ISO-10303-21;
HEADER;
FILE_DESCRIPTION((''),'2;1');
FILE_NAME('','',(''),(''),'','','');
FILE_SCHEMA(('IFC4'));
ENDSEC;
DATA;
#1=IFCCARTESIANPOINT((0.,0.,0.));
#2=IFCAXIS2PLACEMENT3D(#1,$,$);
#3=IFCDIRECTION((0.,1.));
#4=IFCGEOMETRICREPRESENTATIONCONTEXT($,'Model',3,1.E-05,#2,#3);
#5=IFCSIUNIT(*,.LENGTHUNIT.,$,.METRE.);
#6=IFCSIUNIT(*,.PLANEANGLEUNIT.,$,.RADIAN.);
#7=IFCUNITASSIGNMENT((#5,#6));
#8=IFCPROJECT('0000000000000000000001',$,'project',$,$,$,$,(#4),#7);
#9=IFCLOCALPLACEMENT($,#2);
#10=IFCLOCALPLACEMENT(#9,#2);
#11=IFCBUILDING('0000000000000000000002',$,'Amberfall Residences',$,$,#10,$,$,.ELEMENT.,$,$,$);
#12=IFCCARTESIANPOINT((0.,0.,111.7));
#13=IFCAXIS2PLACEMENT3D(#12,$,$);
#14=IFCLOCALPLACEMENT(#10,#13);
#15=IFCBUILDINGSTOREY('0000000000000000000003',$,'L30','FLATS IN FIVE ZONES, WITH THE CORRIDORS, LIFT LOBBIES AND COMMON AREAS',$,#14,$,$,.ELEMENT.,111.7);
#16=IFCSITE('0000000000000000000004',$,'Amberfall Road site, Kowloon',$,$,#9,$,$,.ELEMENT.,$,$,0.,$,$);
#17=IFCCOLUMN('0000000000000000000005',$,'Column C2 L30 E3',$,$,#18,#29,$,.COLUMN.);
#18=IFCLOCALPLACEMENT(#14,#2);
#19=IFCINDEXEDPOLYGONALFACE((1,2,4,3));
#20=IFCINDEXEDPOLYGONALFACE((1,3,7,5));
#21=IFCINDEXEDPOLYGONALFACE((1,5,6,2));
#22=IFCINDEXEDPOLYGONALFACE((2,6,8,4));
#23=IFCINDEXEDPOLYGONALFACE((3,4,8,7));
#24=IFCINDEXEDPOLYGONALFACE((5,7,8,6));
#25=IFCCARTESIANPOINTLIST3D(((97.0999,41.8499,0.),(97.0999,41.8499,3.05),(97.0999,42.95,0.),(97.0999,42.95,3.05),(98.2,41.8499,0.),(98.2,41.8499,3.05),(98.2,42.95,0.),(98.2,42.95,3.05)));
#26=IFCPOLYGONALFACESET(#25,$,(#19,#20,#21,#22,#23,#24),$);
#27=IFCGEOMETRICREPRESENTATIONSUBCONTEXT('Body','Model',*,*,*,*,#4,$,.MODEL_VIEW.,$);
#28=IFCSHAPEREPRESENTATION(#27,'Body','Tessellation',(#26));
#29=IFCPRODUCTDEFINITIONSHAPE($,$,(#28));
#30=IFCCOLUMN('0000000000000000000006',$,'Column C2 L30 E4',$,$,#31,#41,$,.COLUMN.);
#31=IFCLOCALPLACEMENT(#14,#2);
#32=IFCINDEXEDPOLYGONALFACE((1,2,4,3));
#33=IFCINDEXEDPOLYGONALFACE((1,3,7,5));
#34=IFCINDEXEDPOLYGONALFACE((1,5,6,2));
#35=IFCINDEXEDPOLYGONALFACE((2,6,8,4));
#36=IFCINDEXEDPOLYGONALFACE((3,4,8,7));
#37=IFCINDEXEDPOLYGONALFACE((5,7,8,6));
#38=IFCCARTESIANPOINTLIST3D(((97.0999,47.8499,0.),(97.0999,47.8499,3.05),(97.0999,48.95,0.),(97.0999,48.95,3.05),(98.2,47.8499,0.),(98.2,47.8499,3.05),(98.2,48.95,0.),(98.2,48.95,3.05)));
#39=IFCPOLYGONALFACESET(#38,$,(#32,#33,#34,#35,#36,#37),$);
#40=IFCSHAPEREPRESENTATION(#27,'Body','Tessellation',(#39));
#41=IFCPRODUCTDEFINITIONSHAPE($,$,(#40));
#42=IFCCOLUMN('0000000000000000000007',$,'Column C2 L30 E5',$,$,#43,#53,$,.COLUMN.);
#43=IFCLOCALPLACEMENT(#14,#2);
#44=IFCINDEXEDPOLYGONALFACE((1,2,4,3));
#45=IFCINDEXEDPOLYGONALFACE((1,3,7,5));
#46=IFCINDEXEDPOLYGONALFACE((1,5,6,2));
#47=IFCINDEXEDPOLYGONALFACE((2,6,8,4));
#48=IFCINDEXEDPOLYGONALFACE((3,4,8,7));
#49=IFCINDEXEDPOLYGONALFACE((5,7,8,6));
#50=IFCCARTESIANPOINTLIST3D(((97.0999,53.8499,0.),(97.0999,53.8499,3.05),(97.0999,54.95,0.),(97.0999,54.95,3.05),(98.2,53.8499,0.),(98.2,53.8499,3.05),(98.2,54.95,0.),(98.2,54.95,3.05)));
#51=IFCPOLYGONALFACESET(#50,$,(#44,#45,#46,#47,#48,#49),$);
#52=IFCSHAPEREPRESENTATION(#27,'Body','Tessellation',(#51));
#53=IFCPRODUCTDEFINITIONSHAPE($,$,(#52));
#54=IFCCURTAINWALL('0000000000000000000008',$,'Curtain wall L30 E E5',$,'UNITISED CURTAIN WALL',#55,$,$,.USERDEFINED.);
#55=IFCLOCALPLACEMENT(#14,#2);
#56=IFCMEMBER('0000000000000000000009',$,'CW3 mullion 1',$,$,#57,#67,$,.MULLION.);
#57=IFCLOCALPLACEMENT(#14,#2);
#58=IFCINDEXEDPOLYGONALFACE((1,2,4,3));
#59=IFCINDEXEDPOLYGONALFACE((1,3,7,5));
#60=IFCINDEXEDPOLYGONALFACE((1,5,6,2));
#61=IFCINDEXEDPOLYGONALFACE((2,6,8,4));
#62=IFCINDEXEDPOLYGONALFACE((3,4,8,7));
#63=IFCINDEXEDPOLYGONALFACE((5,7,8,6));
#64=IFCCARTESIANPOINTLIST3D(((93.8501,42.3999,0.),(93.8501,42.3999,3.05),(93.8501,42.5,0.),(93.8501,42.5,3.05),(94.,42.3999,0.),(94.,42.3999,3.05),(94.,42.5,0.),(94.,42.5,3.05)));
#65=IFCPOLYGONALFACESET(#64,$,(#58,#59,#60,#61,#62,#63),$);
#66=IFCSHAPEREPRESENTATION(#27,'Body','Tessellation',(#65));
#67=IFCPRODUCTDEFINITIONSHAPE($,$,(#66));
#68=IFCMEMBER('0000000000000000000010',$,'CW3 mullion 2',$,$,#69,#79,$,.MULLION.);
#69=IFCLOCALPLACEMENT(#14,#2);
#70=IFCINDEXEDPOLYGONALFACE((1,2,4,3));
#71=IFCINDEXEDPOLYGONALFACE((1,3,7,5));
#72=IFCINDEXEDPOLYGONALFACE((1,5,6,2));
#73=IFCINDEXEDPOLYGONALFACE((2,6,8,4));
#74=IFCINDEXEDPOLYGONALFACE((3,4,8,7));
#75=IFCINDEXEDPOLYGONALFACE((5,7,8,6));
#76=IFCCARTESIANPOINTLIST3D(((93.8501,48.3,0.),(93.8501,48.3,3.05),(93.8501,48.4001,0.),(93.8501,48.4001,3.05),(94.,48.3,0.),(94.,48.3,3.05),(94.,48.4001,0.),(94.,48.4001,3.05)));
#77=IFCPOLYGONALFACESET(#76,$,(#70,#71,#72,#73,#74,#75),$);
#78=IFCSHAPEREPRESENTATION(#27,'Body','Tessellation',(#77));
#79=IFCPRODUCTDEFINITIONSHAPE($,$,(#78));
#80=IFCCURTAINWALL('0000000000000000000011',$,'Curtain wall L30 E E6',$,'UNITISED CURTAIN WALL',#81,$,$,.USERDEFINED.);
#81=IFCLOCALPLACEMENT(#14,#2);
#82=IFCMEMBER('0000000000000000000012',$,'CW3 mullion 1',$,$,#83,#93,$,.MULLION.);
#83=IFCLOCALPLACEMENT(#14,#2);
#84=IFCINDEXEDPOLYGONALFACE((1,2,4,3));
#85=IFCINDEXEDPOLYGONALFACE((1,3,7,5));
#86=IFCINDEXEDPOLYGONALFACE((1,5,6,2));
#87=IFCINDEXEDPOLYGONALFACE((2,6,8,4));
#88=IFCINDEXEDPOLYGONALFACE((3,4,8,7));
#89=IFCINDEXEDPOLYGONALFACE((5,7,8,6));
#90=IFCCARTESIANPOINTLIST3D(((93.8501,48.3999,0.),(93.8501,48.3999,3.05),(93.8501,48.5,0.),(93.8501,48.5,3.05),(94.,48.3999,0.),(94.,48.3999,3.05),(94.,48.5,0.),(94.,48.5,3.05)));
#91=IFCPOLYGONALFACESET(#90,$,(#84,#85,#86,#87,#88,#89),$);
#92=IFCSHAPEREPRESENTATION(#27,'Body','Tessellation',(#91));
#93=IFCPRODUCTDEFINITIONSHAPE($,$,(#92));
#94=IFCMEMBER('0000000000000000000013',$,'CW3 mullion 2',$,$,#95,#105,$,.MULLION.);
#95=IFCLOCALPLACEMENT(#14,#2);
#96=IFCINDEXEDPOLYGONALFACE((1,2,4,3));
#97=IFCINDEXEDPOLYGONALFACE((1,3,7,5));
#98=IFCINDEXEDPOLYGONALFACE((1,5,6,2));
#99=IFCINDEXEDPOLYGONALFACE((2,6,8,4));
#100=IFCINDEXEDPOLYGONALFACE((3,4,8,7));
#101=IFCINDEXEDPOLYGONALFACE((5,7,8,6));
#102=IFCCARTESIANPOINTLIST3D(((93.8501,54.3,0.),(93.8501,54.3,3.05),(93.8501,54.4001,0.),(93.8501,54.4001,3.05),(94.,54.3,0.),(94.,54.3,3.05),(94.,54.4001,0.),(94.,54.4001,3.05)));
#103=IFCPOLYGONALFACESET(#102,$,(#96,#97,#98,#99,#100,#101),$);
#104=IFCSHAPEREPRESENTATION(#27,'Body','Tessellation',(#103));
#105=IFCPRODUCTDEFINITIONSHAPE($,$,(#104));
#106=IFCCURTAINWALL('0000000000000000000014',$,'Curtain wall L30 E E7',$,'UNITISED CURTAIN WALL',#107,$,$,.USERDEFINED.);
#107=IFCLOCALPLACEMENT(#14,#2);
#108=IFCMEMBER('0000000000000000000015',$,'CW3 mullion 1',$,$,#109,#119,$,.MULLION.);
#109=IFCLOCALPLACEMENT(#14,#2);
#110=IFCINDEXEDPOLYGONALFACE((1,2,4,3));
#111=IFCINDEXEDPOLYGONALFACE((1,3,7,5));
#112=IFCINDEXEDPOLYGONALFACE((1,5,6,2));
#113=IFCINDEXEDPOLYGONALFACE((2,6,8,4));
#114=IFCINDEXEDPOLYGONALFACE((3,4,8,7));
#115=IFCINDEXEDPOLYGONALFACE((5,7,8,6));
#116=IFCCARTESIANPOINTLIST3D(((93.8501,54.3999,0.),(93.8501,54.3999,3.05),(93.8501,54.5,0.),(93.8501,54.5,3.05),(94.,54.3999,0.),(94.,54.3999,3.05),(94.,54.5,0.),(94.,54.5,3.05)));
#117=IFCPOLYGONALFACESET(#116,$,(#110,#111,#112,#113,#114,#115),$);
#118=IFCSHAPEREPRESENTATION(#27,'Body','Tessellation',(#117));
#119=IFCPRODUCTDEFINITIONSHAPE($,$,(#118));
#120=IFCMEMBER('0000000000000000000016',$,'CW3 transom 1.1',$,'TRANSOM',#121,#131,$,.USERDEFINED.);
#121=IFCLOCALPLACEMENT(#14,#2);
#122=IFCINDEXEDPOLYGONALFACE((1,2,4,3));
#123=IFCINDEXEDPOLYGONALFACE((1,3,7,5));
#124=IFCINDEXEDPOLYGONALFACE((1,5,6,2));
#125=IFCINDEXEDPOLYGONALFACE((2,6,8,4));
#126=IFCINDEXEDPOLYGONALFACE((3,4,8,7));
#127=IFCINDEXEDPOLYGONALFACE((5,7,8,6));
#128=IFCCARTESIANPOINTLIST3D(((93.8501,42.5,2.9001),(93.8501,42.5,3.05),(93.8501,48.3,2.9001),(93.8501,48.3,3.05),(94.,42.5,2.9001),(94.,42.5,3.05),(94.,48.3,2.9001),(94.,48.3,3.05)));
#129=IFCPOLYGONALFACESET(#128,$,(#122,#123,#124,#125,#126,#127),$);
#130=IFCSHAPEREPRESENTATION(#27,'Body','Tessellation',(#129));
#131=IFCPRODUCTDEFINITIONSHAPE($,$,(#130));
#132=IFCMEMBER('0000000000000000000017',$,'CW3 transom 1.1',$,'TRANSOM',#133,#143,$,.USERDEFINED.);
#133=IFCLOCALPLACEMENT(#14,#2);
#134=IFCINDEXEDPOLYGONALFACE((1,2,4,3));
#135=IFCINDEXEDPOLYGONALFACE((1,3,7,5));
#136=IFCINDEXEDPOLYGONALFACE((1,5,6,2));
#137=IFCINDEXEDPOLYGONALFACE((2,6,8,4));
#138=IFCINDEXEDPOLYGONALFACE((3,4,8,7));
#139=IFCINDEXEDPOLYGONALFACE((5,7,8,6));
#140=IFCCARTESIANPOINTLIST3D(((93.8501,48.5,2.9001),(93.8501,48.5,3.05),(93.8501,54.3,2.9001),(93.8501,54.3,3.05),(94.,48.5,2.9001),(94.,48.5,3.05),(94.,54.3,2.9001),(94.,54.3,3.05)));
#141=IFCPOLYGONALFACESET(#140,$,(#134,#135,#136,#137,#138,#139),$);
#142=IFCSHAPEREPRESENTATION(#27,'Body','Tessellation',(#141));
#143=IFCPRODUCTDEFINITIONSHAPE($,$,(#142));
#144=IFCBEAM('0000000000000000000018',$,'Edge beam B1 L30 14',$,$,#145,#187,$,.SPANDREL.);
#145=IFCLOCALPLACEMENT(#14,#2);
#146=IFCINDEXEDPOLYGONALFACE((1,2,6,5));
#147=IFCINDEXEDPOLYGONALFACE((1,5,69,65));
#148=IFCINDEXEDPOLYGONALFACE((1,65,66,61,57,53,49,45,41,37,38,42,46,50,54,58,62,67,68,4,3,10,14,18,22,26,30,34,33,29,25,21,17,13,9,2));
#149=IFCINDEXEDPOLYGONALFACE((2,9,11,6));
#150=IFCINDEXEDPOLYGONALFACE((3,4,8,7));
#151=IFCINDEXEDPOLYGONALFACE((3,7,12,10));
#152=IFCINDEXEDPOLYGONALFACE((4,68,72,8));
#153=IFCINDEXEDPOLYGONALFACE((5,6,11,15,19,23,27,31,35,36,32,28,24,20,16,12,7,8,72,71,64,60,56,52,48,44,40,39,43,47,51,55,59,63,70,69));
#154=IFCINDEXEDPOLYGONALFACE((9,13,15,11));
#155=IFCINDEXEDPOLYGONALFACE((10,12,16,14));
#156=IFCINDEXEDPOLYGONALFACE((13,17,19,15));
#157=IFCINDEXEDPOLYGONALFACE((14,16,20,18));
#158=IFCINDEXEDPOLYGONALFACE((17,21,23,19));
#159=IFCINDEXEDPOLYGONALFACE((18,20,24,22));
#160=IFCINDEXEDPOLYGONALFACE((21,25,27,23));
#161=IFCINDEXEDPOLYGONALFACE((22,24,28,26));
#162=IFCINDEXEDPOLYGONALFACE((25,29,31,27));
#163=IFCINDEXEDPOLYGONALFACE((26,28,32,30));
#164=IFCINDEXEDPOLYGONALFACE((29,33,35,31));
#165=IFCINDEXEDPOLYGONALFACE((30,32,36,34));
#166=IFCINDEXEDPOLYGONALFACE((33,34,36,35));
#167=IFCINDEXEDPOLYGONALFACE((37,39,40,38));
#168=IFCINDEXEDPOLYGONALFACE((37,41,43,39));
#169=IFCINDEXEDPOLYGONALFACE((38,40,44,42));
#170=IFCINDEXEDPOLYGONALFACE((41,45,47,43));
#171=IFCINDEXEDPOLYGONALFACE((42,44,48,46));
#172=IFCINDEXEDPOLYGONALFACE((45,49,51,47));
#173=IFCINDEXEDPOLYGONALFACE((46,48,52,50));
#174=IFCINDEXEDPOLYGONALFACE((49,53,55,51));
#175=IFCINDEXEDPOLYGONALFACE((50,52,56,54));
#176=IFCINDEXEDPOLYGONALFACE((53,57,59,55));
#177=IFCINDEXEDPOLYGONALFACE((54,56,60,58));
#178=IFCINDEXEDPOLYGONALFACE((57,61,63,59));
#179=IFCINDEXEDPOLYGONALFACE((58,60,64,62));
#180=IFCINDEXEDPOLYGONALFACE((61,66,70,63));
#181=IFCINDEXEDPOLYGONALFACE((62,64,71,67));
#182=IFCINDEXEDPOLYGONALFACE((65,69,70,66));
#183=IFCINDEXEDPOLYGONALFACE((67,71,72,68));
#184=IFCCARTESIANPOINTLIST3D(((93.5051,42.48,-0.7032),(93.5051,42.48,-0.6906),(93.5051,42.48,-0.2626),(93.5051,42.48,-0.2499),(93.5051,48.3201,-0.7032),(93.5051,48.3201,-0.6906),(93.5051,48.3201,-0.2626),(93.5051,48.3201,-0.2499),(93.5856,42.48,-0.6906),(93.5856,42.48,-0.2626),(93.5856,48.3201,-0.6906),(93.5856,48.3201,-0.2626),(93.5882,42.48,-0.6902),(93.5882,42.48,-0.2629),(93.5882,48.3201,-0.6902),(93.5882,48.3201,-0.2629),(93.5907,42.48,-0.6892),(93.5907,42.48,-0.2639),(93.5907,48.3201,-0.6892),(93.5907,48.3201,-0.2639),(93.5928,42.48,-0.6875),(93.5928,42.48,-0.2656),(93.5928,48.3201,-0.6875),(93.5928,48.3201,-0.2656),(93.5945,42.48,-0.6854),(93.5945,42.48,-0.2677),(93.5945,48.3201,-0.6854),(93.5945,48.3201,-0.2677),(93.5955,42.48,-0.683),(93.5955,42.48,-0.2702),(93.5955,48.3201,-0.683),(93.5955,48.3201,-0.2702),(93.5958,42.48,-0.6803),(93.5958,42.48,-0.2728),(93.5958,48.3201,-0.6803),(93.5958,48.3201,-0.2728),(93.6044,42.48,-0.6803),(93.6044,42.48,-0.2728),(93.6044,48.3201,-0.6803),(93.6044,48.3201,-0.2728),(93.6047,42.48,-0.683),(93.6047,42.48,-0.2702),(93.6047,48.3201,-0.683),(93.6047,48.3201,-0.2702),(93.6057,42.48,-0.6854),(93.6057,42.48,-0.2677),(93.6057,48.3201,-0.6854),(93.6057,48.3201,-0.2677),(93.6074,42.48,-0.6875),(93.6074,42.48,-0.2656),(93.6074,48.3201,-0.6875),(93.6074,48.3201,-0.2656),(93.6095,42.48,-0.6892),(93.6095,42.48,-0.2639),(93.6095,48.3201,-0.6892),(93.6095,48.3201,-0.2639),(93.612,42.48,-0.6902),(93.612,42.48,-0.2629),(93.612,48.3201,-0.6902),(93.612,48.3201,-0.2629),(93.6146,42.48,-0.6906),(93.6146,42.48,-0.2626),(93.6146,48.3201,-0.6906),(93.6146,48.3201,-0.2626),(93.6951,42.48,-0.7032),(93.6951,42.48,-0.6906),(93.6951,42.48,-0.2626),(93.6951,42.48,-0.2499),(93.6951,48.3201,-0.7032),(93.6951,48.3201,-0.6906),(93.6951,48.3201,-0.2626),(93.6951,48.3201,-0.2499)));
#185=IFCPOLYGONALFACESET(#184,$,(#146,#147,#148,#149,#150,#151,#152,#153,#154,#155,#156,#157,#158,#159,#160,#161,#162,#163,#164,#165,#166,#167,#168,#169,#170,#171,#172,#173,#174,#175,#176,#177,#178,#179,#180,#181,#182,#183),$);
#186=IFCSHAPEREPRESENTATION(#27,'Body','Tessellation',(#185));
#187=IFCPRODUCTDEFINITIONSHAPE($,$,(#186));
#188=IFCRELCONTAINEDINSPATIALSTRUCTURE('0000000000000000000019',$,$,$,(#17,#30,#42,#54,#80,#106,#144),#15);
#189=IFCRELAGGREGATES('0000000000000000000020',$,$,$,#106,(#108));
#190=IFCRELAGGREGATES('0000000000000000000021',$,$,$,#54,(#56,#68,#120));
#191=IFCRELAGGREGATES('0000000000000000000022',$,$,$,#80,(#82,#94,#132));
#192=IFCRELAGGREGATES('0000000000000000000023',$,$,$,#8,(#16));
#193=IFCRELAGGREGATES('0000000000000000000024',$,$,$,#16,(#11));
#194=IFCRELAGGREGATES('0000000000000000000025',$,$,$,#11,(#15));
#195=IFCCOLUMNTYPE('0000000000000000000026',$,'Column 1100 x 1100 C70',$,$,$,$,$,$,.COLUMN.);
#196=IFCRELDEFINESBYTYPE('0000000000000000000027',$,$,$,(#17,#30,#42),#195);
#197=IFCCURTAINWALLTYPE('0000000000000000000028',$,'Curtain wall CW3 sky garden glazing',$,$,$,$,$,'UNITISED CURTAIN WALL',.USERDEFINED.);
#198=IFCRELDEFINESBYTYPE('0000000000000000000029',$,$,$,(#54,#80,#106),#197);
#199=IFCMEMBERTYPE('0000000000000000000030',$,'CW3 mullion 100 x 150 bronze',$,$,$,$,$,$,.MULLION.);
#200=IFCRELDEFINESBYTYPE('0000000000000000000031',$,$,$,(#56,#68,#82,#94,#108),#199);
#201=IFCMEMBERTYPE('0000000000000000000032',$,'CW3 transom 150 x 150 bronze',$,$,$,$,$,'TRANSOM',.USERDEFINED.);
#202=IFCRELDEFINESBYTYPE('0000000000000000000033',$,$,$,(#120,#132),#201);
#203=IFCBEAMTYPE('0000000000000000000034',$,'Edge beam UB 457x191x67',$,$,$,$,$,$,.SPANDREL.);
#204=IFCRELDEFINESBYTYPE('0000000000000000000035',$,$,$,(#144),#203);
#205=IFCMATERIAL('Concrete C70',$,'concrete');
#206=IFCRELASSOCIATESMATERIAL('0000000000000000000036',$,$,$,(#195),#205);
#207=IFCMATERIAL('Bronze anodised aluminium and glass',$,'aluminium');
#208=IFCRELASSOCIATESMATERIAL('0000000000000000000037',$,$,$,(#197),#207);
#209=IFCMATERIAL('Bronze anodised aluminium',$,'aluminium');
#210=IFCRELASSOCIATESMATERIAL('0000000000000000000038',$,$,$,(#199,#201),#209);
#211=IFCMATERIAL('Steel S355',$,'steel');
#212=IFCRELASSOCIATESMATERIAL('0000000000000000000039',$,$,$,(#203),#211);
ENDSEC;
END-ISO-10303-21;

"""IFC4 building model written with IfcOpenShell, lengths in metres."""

from ifc_helpers import new_model, si_unit, direction, frame, origin, origin_2d, place, context, subcontext, project, spatial, rectangle, i_section, extrude, material, material_profile, profile_set, type_object, element, aggregate, save


model = new_model("IFC4")

# Units and contexts
model_context = context("Model", 3, precision=1e-05, world=origin(), true_north=direction((0.0, 1.0)))
body_context = subcontext(model_context, "Body", "Model", "MODEL_VIEW")
ifc_project = project(units=[si_unit("LENGTHUNIT", "METRE"), si_unit("PLANEANGLEUNIT", "RADIAN")], contexts=[model_context])

# Site, building, storey
site_placement = place(None, origin())
site = spatial("IfcSite", under=ifc_project, at=site_placement, Name="Amberfall Road site, Kowloon", CompositionType="ELEMENT", RefElevation=0.0)
building_placement = place(site_placement, origin())
building = spatial("IfcBuilding", under=site, at=building_placement, Name="Amberfall Residences", CompositionType="ELEMENT")
storey_placement = place(building_placement, frame((0.0, 0.0, 111.7)))
storey = spatial("IfcBuildingStorey", under=building, at=storey_placement, Name="L30", Description="FLATS IN FIVE ZONES, WITH THE CORRIDORS, LIFT LOBBIES AND COMMON AREAS", CompositionType="ELEMENT", Elevation=111.7)

# Columns
ifc_material_1 = material(Name="Concrete C70", Category="concrete")
ifc_material_profile_1 = material_profile(ifc_material_1, rectangle(XDim=1.1001, YDim=1.1001, at=origin_2d()), Name="Column 1100 x 1100 C70")
ifc_profile_set_1 = profile_set([ifc_material_profile_1], Name="Concrete C70")
column_type = type_object("IfcColumnType", Name="Column 1100 x 1100 C70", PredefinedType="COLUMN", material=ifc_profile_set_1)
for number, where, z_axis, x_axis, name in (
    (1, (97.6499, 42.3999, 0.0), (0.0, 0.0, 1.0), (1.0, 0.0, 0.0), "Column C2 L30 E3"),
    (2, (97.6499, 48.3999, 0.0), (0.0, 0.0, 1.0), (1.0, 0.0, 0.0), "Column C2 L30 E4"),
    (3, (97.6499, 54.3999, 0.0), (0.0, 0.0, 1.0), (1.0, 0.0, 0.0), "Column C2 L30 E5"),
):
    element("IfcColumn", number, at=place(storey_placement, frame(where, z_axis=z_axis, x_axis=x_axis)), inside=storey, type_object=column_type, Name=name, PredefinedType="COLUMN", context=body_context, shape_type="SweptSolid", body=[
        extrude(rectangle(XDim=1.1001, YDim=1.1001, at=origin_2d()), origin(), (0.0, 0.0, 1.0), 3.05),
    ])

# Curtain walls, members
ifc_material_2 = material(Name="Bronze anodised aluminium and glass", Category="aluminium")
curtain_wall_type = type_object("IfcCurtainWallType", Name="Curtain wall CW3 sky garden glazing", ElementType="UNITISED CURTAIN WALL", PredefinedType="USERDEFINED", material=ifc_material_2)
curtain_wall_1_placement = place(storey_placement, origin())
curtain_wall_1 = element("IfcCurtainWall", 4, at=curtain_wall_1_placement, inside=storey, type_object=curtain_wall_type, Name="Curtain wall L30 E E5", ObjectType="UNITISED CURTAIN WALL", PredefinedType="USERDEFINED")
ifc_material_3 = material(Name="Bronze anodised aluminium", Category="aluminium")
ifc_material_profile_2 = material_profile(ifc_material_3, rectangle(XDim=0.1499, YDim=0.1001, at=origin_2d()), Name="CW3 mullion 100 x 150 bronze")
ifc_profile_set_2 = profile_set([ifc_material_profile_2], Name="Bronze anodised aluminium")
member_type_1 = type_object("IfcMemberType", Name="CW3 mullion 100 x 150 bronze", PredefinedType="MULLION", material=ifc_profile_set_2)
member_1_placement = place(storey_placement, frame((93.925, 42.45, 0.0), z_axis=(0.0, 0.0, 1.0), x_axis=(-1.0, 0.0, 0.0)))
member_1 = element("IfcMember", 5, at=member_1_placement, type_object=member_type_1, Name="CW3 mullion 1", PredefinedType="MULLION", context=body_context, shape_type="SweptSolid", body=[
    extrude(rectangle(XDim=0.1499, YDim=0.1001, at=origin_2d()), origin(), (0.0, 0.0, 1.0), 3.05),
])
member_2_placement = place(storey_placement, frame((93.925, 48.3501, 0.0), z_axis=(0.0, 0.0, 1.0), x_axis=(-1.0, 0.0, 0.0)))
member_2 = element("IfcMember", 6, at=member_2_placement, type_object=member_type_1, Name="CW3 mullion 2", PredefinedType="MULLION", context=body_context, shape_type="SweptSolid", body=[
    extrude(rectangle(XDim=0.1499, YDim=0.1001, at=origin_2d()), origin(), (0.0, 0.0, 1.0), 3.05),
])
curtain_wall_2_placement = place(storey_placement, origin())
curtain_wall_2 = element("IfcCurtainWall", 7, at=curtain_wall_2_placement, inside=storey, type_object=curtain_wall_type, Name="Curtain wall L30 E E6", ObjectType="UNITISED CURTAIN WALL", PredefinedType="USERDEFINED")
member_3_placement = place(storey_placement, frame((93.925, 48.45, 0.0), z_axis=(0.0, 0.0, 1.0), x_axis=(-1.0, 0.0, 0.0)))
member_3 = element("IfcMember", 8, at=member_3_placement, type_object=member_type_1, Name="CW3 mullion 1", PredefinedType="MULLION", context=body_context, shape_type="SweptSolid", body=[
    extrude(rectangle(XDim=0.1499, YDim=0.1001, at=origin_2d()), origin(), (0.0, 0.0, 1.0), 3.05),
])
member_4_placement = place(storey_placement, frame((93.925, 54.3501, 0.0), z_axis=(0.0, 0.0, 1.0), x_axis=(-1.0, 0.0, 0.0)))
member_4 = element("IfcMember", 9, at=member_4_placement, type_object=member_type_1, Name="CW3 mullion 2", PredefinedType="MULLION", context=body_context, shape_type="SweptSolid", body=[
    extrude(rectangle(XDim=0.1499, YDim=0.1001, at=origin_2d()), origin(), (0.0, 0.0, 1.0), 3.05),
])

# Curtain wall, member
curtain_wall_3_placement = place(storey_placement, origin())
curtain_wall_3 = element("IfcCurtainWall", 10, at=curtain_wall_3_placement, inside=storey, type_object=curtain_wall_type, Name="Curtain wall L30 E E7", ObjectType="UNITISED CURTAIN WALL", PredefinedType="USERDEFINED")
member_5_placement = place(storey_placement, frame((93.925, 54.45, 0.0), z_axis=(0.0, 0.0, 1.0), x_axis=(-1.0, 0.0, 0.0)))
member_5 = element("IfcMember", 11, at=member_5_placement, type_object=member_type_1, Name="CW3 mullion 1", PredefinedType="MULLION", context=body_context, shape_type="SweptSolid", body=[
    extrude(rectangle(XDim=0.1499, YDim=0.1001, at=origin_2d()), origin(), (0.0, 0.0, 1.0), 3.05),
])
aggregate(curtain_wall_3, [member_5])

# Members
ifc_material_profile_3 = material_profile(ifc_material_3, rectangle(XDim=0.1499, YDim=0.1499, at=origin_2d()), Name="CW3 transom 150 x 150 bronze")
ifc_profile_set_3 = profile_set([ifc_material_profile_3], Name="Bronze anodised aluminium")
member_type_2 = type_object("IfcMemberType", Name="CW3 transom 150 x 150 bronze", ElementType="TRANSOM", PredefinedType="USERDEFINED", material=ifc_profile_set_3)
member_6_placement = place(storey_placement, frame((93.925, 42.5, 2.9751), z_axis=(0.0, 1.0, 0.0), x_axis=(-1.0, 0.0, 0.0)))
member_6 = element("IfcMember", 12, at=member_6_placement, type_object=member_type_2, Name="CW3 transom 1.1", ObjectType="TRANSOM", PredefinedType="USERDEFINED", context=body_context, shape_type="SweptSolid", body=[
    extrude(rectangle(XDim=0.1499, YDim=0.1499, at=origin_2d()), origin(), (0.0, 0.0, 1.0), 5.8),
])
member_7_placement = place(storey_placement, frame((93.925, 48.5, 2.9751), z_axis=(0.0, 1.0, 0.0), x_axis=(-1.0, 0.0, 0.0)))
member_7 = element("IfcMember", 13, at=member_7_placement, type_object=member_type_2, Name="CW3 transom 1.1", ObjectType="TRANSOM", PredefinedType="USERDEFINED", context=body_context, shape_type="SweptSolid", body=[
    extrude(rectangle(XDim=0.1499, YDim=0.1499, at=origin_2d()), origin(), (0.0, 0.0, 1.0), 5.8),
])

# Beam
ifc_material_4 = material(Name="Steel S355", Category="steel")
ifc_material_profile_4 = material_profile(ifc_material_4, i_section(OverallWidth=0.1899, OverallDepth=0.4534, WebThickness=0.0085, FlangeThickness=0.0127, FilletRadius=0.0103, at=origin_2d()), Name="UB 457x191x67")
ifc_profile_set_4 = profile_set([ifc_material_profile_4], Name="Steel S355")
beam_type_1 = type_object("IfcBeamType", Name="Edge beam UB 457x191x67", PredefinedType="SPANDREL", material=ifc_profile_set_4)
for number, where, z_axis, x_axis, name in (
    (14, (93.6001, 42.48, -0.4766), (0.0, 1.0, 0.0), (-1.0, 0.0, 0.0), "Edge beam B1 L30 14"),
):
    element("IfcBeam", number, at=place(storey_placement, frame(where, z_axis=z_axis, x_axis=x_axis)), inside=storey, type_object=beam_type_1, Name=name, PredefinedType="SPANDREL", context=body_context, shape_type="SweptSolid", body=[
        extrude(i_section(OverallWidth=0.1899, OverallDepth=0.4534, WebThickness=0.0085, FlangeThickness=0.0127, FilletRadius=0.0103, at=origin_2d()), origin(), (0.0, 0.0, 1.0), 5.8401),
    ])

aggregate(curtain_wall_1, [member_1, member_2, member_6])
aggregate(curtain_wall_2, [member_3, member_4, member_7])

save(model, "model.ifc")
